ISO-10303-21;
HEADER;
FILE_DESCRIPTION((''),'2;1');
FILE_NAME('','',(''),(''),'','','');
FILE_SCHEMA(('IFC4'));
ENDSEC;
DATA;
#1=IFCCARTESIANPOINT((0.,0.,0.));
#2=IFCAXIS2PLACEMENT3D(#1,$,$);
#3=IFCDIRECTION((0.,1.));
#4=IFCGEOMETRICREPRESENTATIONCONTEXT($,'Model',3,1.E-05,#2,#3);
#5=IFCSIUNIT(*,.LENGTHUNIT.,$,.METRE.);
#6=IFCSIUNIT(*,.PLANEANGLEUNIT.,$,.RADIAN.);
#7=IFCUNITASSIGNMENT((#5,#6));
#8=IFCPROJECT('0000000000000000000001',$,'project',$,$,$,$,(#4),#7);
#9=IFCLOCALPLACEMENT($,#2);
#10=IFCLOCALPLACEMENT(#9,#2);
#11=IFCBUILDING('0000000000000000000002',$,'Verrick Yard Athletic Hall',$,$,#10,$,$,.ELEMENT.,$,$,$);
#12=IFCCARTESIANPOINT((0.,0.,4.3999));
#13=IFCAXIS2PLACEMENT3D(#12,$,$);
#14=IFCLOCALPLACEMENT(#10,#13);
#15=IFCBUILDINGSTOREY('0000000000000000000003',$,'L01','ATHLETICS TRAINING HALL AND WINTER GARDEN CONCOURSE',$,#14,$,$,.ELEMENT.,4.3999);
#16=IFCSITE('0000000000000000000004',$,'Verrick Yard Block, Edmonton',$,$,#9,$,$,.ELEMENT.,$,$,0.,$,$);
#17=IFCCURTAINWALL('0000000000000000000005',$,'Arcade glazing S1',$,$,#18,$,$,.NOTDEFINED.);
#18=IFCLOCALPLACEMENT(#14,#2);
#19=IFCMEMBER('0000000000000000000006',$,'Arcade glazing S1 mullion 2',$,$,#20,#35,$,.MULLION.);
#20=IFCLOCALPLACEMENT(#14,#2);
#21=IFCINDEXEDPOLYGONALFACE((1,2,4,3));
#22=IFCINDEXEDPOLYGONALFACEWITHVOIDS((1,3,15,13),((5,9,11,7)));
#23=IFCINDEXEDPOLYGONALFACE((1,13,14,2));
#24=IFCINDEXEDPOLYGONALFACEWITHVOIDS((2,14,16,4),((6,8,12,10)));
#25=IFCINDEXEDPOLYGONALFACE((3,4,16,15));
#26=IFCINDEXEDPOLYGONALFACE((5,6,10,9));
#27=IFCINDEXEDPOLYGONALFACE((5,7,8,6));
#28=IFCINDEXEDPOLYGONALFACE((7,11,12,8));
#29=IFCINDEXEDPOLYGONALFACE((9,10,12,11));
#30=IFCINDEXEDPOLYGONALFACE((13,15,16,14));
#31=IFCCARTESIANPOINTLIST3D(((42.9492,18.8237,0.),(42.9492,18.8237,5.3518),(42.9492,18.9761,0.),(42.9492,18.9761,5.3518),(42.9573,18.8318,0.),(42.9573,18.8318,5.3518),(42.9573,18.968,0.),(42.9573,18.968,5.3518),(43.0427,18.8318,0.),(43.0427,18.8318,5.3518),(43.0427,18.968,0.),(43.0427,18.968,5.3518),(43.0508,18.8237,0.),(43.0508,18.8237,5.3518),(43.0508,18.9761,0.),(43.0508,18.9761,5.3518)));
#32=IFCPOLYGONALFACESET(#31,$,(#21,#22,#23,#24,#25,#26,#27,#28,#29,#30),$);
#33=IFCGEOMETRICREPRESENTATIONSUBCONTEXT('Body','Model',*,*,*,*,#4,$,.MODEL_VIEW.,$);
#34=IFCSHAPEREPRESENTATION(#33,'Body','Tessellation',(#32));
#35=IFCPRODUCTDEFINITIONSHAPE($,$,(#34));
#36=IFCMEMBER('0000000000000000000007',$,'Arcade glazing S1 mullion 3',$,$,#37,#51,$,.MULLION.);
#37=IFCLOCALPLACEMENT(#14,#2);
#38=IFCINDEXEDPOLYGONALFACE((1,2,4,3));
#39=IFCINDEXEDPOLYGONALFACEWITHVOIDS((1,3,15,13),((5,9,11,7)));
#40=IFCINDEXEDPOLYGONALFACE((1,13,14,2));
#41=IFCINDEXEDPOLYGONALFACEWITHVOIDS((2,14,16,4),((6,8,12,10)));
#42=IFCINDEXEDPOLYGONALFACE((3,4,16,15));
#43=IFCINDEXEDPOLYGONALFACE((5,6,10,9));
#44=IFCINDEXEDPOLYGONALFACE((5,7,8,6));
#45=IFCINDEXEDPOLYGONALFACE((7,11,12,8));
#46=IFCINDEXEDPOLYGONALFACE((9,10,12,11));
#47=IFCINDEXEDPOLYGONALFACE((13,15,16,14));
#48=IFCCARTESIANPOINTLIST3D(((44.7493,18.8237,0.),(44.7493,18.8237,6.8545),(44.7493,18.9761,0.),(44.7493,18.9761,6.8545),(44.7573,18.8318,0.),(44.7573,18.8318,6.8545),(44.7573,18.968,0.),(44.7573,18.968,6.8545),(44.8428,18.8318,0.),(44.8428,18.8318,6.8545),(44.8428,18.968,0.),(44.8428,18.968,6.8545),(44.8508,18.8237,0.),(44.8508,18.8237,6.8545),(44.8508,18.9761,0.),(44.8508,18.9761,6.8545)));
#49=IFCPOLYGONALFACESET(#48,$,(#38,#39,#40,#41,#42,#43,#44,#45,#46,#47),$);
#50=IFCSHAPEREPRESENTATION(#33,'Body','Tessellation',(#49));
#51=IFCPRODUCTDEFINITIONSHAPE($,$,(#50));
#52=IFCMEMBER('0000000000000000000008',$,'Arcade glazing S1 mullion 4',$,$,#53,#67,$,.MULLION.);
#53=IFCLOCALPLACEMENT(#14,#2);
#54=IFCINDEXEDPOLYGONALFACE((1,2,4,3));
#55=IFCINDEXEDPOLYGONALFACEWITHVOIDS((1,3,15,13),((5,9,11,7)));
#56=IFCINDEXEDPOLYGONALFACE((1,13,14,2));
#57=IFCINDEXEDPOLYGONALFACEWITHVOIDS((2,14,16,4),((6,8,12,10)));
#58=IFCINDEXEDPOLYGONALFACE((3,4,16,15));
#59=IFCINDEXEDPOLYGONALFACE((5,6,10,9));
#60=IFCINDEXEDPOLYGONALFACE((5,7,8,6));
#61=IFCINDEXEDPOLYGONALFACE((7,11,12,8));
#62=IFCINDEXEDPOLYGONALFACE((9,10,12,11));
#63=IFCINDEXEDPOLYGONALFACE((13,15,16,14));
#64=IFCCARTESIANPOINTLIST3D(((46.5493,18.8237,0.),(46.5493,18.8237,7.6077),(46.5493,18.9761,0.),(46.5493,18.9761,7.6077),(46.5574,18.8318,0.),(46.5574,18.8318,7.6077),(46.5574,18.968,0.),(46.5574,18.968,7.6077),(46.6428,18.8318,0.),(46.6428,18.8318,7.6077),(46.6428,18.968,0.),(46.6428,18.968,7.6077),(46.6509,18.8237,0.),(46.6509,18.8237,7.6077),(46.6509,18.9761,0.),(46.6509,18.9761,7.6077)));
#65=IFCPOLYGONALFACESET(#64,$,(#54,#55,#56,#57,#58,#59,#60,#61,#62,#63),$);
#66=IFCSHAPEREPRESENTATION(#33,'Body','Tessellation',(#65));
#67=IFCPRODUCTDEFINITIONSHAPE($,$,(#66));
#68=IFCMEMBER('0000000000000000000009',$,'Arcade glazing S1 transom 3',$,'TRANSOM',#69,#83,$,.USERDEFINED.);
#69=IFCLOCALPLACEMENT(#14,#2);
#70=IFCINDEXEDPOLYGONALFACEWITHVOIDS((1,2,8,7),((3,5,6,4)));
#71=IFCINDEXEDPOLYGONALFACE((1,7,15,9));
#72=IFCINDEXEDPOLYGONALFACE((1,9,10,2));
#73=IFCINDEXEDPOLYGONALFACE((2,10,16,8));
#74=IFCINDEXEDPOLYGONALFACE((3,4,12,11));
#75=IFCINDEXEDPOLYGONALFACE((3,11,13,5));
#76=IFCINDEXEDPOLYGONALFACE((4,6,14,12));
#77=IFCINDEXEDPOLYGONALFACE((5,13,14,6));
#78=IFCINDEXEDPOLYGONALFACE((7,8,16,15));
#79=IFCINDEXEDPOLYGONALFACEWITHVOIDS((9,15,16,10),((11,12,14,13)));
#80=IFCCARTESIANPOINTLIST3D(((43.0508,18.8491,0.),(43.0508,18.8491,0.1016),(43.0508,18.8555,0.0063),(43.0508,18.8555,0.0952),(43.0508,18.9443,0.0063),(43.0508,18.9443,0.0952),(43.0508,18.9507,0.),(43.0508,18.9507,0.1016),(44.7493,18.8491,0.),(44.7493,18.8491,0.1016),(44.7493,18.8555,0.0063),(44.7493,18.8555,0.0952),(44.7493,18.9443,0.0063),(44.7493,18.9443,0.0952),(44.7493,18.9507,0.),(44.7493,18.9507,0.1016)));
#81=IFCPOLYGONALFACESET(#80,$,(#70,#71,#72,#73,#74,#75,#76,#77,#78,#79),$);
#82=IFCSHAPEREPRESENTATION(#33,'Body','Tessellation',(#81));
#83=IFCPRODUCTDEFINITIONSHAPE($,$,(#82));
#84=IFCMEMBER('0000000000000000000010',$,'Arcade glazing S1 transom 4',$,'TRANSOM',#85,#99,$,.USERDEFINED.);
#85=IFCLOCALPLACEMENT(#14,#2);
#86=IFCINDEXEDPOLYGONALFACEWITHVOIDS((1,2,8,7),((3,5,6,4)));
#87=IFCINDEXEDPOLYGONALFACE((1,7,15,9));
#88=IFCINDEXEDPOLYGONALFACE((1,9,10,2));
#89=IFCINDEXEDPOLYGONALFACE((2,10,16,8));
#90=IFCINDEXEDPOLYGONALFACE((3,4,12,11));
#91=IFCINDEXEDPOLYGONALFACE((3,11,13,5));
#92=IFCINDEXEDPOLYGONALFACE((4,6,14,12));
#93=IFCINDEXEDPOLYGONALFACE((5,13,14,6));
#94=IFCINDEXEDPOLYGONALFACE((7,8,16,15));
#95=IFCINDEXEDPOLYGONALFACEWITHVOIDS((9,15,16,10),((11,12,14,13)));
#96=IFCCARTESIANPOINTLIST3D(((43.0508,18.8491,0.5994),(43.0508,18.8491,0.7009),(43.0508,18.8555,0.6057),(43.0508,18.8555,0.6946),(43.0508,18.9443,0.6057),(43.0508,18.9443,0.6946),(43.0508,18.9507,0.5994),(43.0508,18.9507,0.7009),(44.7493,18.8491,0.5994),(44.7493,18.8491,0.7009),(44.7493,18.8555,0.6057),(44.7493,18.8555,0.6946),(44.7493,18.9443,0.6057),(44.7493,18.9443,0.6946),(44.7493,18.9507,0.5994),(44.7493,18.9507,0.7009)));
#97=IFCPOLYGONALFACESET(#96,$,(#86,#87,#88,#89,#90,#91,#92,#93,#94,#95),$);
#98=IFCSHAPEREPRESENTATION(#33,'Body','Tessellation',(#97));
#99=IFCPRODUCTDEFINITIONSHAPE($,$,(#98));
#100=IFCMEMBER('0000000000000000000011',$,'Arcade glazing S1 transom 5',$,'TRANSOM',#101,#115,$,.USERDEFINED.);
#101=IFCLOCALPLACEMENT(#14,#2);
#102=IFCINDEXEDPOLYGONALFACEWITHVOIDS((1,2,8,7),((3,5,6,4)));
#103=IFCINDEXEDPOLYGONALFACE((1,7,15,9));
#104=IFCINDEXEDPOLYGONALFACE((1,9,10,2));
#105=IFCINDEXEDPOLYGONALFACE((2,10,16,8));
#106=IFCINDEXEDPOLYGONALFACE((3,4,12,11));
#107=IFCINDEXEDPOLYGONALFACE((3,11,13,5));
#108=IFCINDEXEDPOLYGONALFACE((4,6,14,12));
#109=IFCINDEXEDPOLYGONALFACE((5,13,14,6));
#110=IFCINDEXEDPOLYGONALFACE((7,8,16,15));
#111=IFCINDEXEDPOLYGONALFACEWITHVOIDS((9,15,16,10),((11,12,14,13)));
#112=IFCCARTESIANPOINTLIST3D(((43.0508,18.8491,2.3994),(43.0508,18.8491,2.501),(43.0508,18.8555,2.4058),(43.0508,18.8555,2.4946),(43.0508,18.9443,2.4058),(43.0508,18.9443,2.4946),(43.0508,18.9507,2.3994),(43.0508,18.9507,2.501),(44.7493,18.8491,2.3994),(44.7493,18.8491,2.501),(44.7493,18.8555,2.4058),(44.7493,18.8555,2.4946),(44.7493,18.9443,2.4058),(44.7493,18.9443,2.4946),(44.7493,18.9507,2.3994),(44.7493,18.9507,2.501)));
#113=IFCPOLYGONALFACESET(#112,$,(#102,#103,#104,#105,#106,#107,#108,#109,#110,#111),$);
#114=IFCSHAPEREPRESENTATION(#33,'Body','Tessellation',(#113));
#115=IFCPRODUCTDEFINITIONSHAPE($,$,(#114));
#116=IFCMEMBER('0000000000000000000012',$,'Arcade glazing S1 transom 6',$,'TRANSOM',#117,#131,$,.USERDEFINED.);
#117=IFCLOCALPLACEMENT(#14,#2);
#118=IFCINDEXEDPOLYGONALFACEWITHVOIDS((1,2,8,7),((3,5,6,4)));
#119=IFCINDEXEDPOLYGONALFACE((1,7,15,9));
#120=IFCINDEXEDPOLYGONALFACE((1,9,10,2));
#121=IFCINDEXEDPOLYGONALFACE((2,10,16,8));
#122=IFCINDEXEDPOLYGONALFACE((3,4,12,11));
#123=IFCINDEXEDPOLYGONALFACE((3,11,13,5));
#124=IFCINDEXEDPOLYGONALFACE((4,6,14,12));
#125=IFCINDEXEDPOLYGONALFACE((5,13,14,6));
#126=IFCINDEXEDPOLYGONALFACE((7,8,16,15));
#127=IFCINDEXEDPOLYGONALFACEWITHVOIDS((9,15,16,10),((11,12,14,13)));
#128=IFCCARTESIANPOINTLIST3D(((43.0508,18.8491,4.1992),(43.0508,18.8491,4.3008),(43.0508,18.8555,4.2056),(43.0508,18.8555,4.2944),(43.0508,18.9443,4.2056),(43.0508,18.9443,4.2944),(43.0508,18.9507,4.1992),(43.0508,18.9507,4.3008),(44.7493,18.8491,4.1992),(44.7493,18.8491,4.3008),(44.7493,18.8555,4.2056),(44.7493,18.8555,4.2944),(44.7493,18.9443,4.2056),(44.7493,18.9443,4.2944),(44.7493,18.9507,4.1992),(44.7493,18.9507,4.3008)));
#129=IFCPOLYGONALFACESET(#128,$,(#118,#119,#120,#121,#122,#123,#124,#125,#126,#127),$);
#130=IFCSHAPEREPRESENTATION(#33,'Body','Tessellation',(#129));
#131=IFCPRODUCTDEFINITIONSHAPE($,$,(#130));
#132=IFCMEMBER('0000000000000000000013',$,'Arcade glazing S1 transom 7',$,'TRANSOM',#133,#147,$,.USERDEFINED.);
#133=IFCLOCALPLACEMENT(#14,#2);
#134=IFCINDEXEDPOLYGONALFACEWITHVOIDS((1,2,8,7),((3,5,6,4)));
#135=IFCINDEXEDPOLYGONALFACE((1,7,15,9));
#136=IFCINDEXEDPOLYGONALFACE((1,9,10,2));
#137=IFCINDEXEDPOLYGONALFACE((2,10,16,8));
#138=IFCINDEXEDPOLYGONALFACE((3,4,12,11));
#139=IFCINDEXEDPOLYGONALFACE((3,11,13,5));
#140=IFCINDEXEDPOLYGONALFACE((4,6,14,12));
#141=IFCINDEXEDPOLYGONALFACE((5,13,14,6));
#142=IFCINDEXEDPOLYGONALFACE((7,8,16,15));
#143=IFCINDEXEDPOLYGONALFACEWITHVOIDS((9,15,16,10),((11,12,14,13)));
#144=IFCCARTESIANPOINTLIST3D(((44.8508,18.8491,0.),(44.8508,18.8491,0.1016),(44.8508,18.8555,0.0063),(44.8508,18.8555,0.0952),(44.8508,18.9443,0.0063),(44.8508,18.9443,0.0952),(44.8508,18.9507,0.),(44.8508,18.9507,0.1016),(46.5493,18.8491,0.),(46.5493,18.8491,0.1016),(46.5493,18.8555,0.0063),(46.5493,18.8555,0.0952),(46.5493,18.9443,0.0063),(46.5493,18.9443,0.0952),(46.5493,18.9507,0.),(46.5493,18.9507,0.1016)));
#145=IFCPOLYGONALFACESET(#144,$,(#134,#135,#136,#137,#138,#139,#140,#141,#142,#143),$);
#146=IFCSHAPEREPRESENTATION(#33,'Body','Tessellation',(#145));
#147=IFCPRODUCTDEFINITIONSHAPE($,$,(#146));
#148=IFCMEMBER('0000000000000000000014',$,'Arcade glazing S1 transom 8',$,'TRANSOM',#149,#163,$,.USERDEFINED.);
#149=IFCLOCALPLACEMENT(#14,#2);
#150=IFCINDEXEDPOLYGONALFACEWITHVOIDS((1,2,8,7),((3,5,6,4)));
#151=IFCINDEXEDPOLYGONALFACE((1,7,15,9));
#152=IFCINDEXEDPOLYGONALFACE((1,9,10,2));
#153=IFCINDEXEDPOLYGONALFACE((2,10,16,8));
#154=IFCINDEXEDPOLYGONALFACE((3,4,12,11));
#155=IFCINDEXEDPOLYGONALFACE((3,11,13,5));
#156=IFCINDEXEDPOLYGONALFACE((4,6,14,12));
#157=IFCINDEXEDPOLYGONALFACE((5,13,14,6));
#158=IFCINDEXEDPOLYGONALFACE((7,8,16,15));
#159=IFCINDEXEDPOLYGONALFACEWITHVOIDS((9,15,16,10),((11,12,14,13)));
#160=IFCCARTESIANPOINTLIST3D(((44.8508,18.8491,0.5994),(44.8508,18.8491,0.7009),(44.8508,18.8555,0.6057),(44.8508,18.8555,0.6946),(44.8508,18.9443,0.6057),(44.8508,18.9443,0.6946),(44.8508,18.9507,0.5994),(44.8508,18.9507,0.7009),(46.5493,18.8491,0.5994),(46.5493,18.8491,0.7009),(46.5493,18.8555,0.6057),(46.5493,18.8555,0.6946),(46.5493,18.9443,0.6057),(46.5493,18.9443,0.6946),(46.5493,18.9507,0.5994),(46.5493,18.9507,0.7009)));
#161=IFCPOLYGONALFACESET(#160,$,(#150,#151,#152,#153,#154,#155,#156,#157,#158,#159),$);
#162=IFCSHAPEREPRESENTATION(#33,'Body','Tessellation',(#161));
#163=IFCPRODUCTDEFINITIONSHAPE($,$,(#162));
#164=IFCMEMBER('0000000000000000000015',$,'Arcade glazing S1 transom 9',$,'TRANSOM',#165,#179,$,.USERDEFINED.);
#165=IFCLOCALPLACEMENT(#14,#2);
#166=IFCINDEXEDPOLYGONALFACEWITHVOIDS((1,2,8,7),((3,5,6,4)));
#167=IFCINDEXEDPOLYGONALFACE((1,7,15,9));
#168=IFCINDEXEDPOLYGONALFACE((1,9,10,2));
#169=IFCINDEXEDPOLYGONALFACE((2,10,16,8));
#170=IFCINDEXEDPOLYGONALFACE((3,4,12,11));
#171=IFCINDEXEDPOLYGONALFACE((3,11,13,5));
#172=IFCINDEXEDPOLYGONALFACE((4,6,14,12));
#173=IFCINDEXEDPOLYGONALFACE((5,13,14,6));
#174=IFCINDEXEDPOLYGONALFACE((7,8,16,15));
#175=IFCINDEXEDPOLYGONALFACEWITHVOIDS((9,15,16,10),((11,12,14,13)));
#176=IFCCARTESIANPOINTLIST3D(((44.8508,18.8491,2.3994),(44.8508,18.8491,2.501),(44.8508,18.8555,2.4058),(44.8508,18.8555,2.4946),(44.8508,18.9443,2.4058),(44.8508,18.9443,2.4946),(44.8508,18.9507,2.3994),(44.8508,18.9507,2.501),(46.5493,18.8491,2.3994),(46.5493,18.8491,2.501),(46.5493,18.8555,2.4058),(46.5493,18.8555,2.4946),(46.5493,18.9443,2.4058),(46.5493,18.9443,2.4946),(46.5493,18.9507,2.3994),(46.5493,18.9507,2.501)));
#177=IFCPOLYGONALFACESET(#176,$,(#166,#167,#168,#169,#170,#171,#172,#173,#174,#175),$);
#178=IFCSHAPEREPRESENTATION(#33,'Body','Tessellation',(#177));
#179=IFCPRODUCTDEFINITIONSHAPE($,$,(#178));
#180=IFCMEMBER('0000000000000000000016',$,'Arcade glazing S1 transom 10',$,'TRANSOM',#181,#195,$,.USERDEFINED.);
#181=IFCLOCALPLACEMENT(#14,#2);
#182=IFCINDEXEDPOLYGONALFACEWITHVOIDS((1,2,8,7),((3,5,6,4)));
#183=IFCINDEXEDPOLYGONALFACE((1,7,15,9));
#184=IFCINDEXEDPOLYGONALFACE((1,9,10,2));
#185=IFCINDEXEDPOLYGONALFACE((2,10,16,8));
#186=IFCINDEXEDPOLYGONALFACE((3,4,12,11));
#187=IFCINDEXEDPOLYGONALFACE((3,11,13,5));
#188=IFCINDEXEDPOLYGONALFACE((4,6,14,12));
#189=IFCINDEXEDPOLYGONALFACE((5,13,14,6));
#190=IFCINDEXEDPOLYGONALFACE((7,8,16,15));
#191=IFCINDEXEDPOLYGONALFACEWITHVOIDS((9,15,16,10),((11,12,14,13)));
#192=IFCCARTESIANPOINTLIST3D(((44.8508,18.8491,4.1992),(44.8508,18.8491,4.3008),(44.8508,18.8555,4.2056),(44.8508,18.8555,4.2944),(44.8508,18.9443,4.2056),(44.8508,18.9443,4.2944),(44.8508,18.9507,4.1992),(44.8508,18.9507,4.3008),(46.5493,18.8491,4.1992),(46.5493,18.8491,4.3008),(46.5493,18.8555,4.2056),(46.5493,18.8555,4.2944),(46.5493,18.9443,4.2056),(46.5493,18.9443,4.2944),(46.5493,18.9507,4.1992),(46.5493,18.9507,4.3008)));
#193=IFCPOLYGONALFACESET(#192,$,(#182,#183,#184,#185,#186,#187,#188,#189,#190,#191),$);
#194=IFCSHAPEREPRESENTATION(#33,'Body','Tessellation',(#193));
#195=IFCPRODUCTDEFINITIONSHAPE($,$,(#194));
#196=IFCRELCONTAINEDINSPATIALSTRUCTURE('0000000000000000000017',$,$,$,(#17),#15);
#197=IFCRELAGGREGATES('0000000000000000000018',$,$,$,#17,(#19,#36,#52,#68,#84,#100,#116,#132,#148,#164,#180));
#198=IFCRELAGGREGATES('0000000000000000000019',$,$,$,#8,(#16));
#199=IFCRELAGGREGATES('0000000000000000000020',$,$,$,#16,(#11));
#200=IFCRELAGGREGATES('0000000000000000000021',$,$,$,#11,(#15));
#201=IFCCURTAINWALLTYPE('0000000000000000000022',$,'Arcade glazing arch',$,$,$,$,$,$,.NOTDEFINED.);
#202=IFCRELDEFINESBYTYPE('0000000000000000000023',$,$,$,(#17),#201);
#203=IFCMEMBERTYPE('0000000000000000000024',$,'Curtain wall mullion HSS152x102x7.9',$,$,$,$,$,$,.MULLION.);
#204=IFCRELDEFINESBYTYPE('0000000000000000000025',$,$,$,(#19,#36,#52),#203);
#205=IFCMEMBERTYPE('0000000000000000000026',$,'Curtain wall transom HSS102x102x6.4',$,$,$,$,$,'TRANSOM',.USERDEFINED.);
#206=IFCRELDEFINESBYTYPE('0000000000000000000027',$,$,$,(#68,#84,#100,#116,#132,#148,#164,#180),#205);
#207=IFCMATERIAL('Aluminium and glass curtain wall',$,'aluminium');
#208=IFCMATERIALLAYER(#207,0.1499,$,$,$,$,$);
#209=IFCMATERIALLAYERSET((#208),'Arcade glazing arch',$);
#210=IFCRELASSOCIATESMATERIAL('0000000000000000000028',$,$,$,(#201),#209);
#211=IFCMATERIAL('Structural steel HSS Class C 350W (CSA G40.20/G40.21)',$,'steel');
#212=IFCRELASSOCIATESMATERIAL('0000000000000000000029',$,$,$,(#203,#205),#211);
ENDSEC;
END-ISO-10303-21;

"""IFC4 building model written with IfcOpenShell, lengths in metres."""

from ifc_helpers import new_model, si_unit, direction, frame, origin, origin_2d, place, context, subcontext, project, spatial, hollow_rectangle, extrude, material, layer, layer_set, material_profile, profile_set, type_object, element, aggregate, save


model = new_model("IFC4")

# Units and contexts
model_context = context("Model", 3, precision=1e-05, world=origin(), true_north=direction((0.0, 1.0)))
body_context = subcontext(model_context, "Body", "Model", "MODEL_VIEW")
ifc_project = project(units=[si_unit("LENGTHUNIT", "METRE"), si_unit("PLANEANGLEUNIT", "RADIAN")], contexts=[model_context])

# Site, building, storey
site_placement = place(None, origin())
site = spatial("IfcSite", under=ifc_project, at=site_placement, Name="Verrick Yard Block, Edmonton", CompositionType="ELEMENT", RefElevation=0.0)
building_placement = place(site_placement, origin())
building = spatial("IfcBuilding", under=site, at=building_placement, Name="Verrick Yard Athletic Hall", CompositionType="ELEMENT")
storey_placement = place(building_placement, frame((0.0, 0.0, 4.3999)))
storey = spatial("IfcBuildingStorey", under=building, at=storey_placement, Name="L01", Description="ATHLETICS TRAINING HALL AND WINTER GARDEN CONCOURSE", CompositionType="ELEMENT", Elevation=4.3999)

# Curtain wall, members
ifc_material_1 = material(Name="Aluminium and glass curtain wall", Category="aluminium")
ifc_layer_1 = layer(ifc_material_1, 0.1499)
ifc_layer_set_1 = layer_set([ifc_layer_1], Name="Arcade glazing arch")
curtain_wall_type = type_object("IfcCurtainWallType", Name="Arcade glazing arch", PredefinedType="NOTDEFINED", material=ifc_layer_set_1)
curtain_wall_placement = place(storey_placement, origin())
curtain_wall = element("IfcCurtainWall", 1, at=curtain_wall_placement, inside=storey, type_object=curtain_wall_type, Name="Arcade glazing S1", PredefinedType="NOTDEFINED")
ifc_material_2 = material(Name="Structural steel HSS Class C 350W (CSA G40.20/G40.21)", Category="steel")
ifc_material_profile_1 = material_profile(ifc_material_2, hollow_rectangle(XDim=0.1016, YDim=0.1523, WallThickness=0.0081, at=origin_2d()), Name="HSS152x102x7.9")
ifc_profile_set_1 = profile_set([ifc_material_profile_1], Name="Structural steel HSS Class C 350W (CSA G40.20/G40.21)")
member_type_1 = type_object("IfcMemberType", Name="Curtain wall mullion HSS152x102x7.9", PredefinedType="MULLION", material=ifc_profile_set_1)
member_1_placement = place(storey_placement, frame((43.0, 18.8999, 0.0), z_axis=(0.0, 0.0, 1.0), x_axis=(1.0, 0.0, 0.0)))
member_1 = element("IfcMember", 2, at=member_1_placement, type_object=member_type_1, Name="Arcade glazing S1 mullion 2", PredefinedType="MULLION", context=body_context, shape_type="SweptSolid", body=[
    extrude(hollow_rectangle(XDim=0.1016, YDim=0.1523, WallThickness=0.0081, at=origin_2d()), origin(), (0.0, 0.0, 1.0), 5.3518),
])
member_2_placement = place(storey_placement, frame((44.8, 18.8999, 0.0), z_axis=(0.0, 0.0, 1.0), x_axis=(1.0, 0.0, 0.0)))
member_2 = element("IfcMember", 3, at=member_2_placement, type_object=member_type_1, Name="Arcade glazing S1 mullion 3", PredefinedType="MULLION", context=body_context, shape_type="SweptSolid", body=[
    extrude(hollow_rectangle(XDim=0.1016, YDim=0.1523, WallThickness=0.0081, at=origin_2d()), origin(), (0.0, 0.0, 1.0), 6.8545),
])
member_3_placement = place(storey_placement, frame((46.6001, 18.8999, 0.0), z_axis=(0.0, 0.0, 1.0), x_axis=(1.0, 0.0, 0.0)))
member_3 = element("IfcMember", 4, at=member_3_placement, type_object=member_type_1, Name="Arcade glazing S1 mullion 4", PredefinedType="MULLION", context=body_context, shape_type="SweptSolid", body=[
    extrude(hollow_rectangle(XDim=0.1016, YDim=0.1523, WallThickness=0.0081, at=origin_2d()), origin(), (0.0, 0.0, 1.0), 7.6077),
])
ifc_material_profile_2 = material_profile(ifc_material_2, hollow_rectangle(XDim=0.1016, YDim=0.1016, WallThickness=0.0063, at=origin_2d()), Name="HSS102x102x6.4")
ifc_profile_set_2 = profile_set([ifc_material_profile_2], Name="Structural steel HSS Class C 350W (CSA G40.20/G40.21)")
member_type_2 = type_object("IfcMemberType", Name="Curtain wall transom HSS102x102x6.4", ElementType="TRANSOM", PredefinedType="USERDEFINED", material=ifc_profile_set_2)
member_4_placement = place(storey_placement, frame((43.0508, 18.8999, 0.0508), z_axis=(1.0, 0.0, 0.0), x_axis=(0.0, 1.0, 0.0)))
member_4 = element("IfcMember", 5, at=member_4_placement, type_object=member_type_2, Name="Arcade glazing S1 transom 3", ObjectType="TRANSOM", PredefinedType="USERDEFINED", context=body_context, shape_type="SweptSolid", body=[
    extrude(hollow_rectangle(XDim=0.1016, YDim=0.1016, WallThickness=0.0063, at=origin_2d()), origin(), (0.0, 0.0, 1.0), 1.6985),
])
member_5_placement = place(storey_placement, frame((43.0508, 18.8999, 0.6501), z_axis=(1.0, 0.0, 0.0), x_axis=(0.0, 1.0, 0.0)))
member_5 = element("IfcMember", 6, at=member_5_placement, type_object=member_type_2, Name="Arcade glazing S1 transom 4", ObjectType="TRANSOM", PredefinedType="USERDEFINED", context=body_context, shape_type="SweptSolid", body=[
    extrude(hollow_rectangle(XDim=0.1016, YDim=0.1016, WallThickness=0.0063, at=origin_2d()), origin(), (0.0, 0.0, 1.0), 1.6985),
])
member_6_placement = place(storey_placement, frame((43.0508, 18.8999, 2.4502), z_axis=(1.0, 0.0, 0.0), x_axis=(0.0, 1.0, 0.0)))
member_6 = element("IfcMember", 7, at=member_6_placement, type_object=member_type_2, Name="Arcade glazing S1 transom 5", ObjectType="TRANSOM", PredefinedType="USERDEFINED", context=body_context, shape_type="SweptSolid", body=[
    extrude(hollow_rectangle(XDim=0.1016, YDim=0.1016, WallThickness=0.0063, at=origin_2d()), origin(), (0.0, 0.0, 1.0), 1.6985),
])
member_7_placement = place(storey_placement, frame((43.0508, 18.8999, 4.25), z_axis=(1.0, 0.0, 0.0), x_axis=(0.0, 1.0, 0.0)))
member_7 = element("IfcMember", 8, at=member_7_placement, type_object=member_type_2, Name="Arcade glazing S1 transom 6", ObjectType="TRANSOM", PredefinedType="USERDEFINED", context=body_context, shape_type="SweptSolid", body=[
    extrude(hollow_rectangle(XDim=0.1016, YDim=0.1016, WallThickness=0.0063, at=origin_2d()), origin(), (0.0, 0.0, 1.0), 1.6985),
])
member_8_placement = place(storey_placement, frame((44.8508, 18.8999, 0.0508), z_axis=(1.0, 0.0, 0.0), x_axis=(0.0, 1.0, 0.0)))
member_8 = element("IfcMember", 9, at=member_8_placement, type_object=member_type_2, Name="Arcade glazing S1 transom 7", ObjectType="TRANSOM", PredefinedType="USERDEFINED", context=body_context, shape_type="SweptSolid", body=[
    extrude(hollow_rectangle(XDim=0.1016, YDim=0.1016, WallThickness=0.0063, at=origin_2d()), origin(), (0.0, 0.0, 1.0), 1.6985),
])
member_9_placement = place(storey_placement, frame((44.8508, 18.8999, 0.6501), z_axis=(1.0, 0.0, 0.0), x_axis=(0.0, 1.0, 0.0)))
member_9 = element("IfcMember", 10, at=member_9_placement, type_object=member_type_2, Name="Arcade glazing S1 transom 8", ObjectType="TRANSOM", PredefinedType="USERDEFINED", context=body_context, shape_type="SweptSolid", body=[
    extrude(hollow_rectangle(XDim=0.1016, YDim=0.1016, WallThickness=0.0063, at=origin_2d()), origin(), (0.0, 0.0, 1.0), 1.6985),
])
member_10_placement = place(storey_placement, frame((44.8508, 18.8999, 2.4502), z_axis=(1.0, 0.0, 0.0), x_axis=(0.0, 1.0, 0.0)))
member_10 = element("IfcMember", 11, at=member_10_placement, type_object=member_type_2, Name="Arcade glazing S1 transom 9", ObjectType="TRANSOM", PredefinedType="USERDEFINED", context=body_context, shape_type="SweptSolid", body=[
    extrude(hollow_rectangle(XDim=0.1016, YDim=0.1016, WallThickness=0.0063, at=origin_2d()), origin(), (0.0, 0.0, 1.0), 1.6985),
])
member_11_placement = place(storey_placement, frame((44.8508, 18.8999, 4.25), z_axis=(1.0, 0.0, 0.0), x_axis=(0.0, 1.0, 0.0)))
member_11 = element("IfcMember", 12, at=member_11_placement, type_object=member_type_2, Name="Arcade glazing S1 transom 10", ObjectType="TRANSOM", PredefinedType="USERDEFINED", context=body_context, shape_type="SweptSolid", body=[
    extrude(hollow_rectangle(XDim=0.1016, YDim=0.1016, WallThickness=0.0063, at=origin_2d()), origin(), (0.0, 0.0, 1.0), 1.6985),
])
aggregate(curtain_wall, [member_1, member_2, member_3, member_4, member_5, member_6, member_7, member_8, member_9, member_10, member_11])

save(model, "model.ifc")
